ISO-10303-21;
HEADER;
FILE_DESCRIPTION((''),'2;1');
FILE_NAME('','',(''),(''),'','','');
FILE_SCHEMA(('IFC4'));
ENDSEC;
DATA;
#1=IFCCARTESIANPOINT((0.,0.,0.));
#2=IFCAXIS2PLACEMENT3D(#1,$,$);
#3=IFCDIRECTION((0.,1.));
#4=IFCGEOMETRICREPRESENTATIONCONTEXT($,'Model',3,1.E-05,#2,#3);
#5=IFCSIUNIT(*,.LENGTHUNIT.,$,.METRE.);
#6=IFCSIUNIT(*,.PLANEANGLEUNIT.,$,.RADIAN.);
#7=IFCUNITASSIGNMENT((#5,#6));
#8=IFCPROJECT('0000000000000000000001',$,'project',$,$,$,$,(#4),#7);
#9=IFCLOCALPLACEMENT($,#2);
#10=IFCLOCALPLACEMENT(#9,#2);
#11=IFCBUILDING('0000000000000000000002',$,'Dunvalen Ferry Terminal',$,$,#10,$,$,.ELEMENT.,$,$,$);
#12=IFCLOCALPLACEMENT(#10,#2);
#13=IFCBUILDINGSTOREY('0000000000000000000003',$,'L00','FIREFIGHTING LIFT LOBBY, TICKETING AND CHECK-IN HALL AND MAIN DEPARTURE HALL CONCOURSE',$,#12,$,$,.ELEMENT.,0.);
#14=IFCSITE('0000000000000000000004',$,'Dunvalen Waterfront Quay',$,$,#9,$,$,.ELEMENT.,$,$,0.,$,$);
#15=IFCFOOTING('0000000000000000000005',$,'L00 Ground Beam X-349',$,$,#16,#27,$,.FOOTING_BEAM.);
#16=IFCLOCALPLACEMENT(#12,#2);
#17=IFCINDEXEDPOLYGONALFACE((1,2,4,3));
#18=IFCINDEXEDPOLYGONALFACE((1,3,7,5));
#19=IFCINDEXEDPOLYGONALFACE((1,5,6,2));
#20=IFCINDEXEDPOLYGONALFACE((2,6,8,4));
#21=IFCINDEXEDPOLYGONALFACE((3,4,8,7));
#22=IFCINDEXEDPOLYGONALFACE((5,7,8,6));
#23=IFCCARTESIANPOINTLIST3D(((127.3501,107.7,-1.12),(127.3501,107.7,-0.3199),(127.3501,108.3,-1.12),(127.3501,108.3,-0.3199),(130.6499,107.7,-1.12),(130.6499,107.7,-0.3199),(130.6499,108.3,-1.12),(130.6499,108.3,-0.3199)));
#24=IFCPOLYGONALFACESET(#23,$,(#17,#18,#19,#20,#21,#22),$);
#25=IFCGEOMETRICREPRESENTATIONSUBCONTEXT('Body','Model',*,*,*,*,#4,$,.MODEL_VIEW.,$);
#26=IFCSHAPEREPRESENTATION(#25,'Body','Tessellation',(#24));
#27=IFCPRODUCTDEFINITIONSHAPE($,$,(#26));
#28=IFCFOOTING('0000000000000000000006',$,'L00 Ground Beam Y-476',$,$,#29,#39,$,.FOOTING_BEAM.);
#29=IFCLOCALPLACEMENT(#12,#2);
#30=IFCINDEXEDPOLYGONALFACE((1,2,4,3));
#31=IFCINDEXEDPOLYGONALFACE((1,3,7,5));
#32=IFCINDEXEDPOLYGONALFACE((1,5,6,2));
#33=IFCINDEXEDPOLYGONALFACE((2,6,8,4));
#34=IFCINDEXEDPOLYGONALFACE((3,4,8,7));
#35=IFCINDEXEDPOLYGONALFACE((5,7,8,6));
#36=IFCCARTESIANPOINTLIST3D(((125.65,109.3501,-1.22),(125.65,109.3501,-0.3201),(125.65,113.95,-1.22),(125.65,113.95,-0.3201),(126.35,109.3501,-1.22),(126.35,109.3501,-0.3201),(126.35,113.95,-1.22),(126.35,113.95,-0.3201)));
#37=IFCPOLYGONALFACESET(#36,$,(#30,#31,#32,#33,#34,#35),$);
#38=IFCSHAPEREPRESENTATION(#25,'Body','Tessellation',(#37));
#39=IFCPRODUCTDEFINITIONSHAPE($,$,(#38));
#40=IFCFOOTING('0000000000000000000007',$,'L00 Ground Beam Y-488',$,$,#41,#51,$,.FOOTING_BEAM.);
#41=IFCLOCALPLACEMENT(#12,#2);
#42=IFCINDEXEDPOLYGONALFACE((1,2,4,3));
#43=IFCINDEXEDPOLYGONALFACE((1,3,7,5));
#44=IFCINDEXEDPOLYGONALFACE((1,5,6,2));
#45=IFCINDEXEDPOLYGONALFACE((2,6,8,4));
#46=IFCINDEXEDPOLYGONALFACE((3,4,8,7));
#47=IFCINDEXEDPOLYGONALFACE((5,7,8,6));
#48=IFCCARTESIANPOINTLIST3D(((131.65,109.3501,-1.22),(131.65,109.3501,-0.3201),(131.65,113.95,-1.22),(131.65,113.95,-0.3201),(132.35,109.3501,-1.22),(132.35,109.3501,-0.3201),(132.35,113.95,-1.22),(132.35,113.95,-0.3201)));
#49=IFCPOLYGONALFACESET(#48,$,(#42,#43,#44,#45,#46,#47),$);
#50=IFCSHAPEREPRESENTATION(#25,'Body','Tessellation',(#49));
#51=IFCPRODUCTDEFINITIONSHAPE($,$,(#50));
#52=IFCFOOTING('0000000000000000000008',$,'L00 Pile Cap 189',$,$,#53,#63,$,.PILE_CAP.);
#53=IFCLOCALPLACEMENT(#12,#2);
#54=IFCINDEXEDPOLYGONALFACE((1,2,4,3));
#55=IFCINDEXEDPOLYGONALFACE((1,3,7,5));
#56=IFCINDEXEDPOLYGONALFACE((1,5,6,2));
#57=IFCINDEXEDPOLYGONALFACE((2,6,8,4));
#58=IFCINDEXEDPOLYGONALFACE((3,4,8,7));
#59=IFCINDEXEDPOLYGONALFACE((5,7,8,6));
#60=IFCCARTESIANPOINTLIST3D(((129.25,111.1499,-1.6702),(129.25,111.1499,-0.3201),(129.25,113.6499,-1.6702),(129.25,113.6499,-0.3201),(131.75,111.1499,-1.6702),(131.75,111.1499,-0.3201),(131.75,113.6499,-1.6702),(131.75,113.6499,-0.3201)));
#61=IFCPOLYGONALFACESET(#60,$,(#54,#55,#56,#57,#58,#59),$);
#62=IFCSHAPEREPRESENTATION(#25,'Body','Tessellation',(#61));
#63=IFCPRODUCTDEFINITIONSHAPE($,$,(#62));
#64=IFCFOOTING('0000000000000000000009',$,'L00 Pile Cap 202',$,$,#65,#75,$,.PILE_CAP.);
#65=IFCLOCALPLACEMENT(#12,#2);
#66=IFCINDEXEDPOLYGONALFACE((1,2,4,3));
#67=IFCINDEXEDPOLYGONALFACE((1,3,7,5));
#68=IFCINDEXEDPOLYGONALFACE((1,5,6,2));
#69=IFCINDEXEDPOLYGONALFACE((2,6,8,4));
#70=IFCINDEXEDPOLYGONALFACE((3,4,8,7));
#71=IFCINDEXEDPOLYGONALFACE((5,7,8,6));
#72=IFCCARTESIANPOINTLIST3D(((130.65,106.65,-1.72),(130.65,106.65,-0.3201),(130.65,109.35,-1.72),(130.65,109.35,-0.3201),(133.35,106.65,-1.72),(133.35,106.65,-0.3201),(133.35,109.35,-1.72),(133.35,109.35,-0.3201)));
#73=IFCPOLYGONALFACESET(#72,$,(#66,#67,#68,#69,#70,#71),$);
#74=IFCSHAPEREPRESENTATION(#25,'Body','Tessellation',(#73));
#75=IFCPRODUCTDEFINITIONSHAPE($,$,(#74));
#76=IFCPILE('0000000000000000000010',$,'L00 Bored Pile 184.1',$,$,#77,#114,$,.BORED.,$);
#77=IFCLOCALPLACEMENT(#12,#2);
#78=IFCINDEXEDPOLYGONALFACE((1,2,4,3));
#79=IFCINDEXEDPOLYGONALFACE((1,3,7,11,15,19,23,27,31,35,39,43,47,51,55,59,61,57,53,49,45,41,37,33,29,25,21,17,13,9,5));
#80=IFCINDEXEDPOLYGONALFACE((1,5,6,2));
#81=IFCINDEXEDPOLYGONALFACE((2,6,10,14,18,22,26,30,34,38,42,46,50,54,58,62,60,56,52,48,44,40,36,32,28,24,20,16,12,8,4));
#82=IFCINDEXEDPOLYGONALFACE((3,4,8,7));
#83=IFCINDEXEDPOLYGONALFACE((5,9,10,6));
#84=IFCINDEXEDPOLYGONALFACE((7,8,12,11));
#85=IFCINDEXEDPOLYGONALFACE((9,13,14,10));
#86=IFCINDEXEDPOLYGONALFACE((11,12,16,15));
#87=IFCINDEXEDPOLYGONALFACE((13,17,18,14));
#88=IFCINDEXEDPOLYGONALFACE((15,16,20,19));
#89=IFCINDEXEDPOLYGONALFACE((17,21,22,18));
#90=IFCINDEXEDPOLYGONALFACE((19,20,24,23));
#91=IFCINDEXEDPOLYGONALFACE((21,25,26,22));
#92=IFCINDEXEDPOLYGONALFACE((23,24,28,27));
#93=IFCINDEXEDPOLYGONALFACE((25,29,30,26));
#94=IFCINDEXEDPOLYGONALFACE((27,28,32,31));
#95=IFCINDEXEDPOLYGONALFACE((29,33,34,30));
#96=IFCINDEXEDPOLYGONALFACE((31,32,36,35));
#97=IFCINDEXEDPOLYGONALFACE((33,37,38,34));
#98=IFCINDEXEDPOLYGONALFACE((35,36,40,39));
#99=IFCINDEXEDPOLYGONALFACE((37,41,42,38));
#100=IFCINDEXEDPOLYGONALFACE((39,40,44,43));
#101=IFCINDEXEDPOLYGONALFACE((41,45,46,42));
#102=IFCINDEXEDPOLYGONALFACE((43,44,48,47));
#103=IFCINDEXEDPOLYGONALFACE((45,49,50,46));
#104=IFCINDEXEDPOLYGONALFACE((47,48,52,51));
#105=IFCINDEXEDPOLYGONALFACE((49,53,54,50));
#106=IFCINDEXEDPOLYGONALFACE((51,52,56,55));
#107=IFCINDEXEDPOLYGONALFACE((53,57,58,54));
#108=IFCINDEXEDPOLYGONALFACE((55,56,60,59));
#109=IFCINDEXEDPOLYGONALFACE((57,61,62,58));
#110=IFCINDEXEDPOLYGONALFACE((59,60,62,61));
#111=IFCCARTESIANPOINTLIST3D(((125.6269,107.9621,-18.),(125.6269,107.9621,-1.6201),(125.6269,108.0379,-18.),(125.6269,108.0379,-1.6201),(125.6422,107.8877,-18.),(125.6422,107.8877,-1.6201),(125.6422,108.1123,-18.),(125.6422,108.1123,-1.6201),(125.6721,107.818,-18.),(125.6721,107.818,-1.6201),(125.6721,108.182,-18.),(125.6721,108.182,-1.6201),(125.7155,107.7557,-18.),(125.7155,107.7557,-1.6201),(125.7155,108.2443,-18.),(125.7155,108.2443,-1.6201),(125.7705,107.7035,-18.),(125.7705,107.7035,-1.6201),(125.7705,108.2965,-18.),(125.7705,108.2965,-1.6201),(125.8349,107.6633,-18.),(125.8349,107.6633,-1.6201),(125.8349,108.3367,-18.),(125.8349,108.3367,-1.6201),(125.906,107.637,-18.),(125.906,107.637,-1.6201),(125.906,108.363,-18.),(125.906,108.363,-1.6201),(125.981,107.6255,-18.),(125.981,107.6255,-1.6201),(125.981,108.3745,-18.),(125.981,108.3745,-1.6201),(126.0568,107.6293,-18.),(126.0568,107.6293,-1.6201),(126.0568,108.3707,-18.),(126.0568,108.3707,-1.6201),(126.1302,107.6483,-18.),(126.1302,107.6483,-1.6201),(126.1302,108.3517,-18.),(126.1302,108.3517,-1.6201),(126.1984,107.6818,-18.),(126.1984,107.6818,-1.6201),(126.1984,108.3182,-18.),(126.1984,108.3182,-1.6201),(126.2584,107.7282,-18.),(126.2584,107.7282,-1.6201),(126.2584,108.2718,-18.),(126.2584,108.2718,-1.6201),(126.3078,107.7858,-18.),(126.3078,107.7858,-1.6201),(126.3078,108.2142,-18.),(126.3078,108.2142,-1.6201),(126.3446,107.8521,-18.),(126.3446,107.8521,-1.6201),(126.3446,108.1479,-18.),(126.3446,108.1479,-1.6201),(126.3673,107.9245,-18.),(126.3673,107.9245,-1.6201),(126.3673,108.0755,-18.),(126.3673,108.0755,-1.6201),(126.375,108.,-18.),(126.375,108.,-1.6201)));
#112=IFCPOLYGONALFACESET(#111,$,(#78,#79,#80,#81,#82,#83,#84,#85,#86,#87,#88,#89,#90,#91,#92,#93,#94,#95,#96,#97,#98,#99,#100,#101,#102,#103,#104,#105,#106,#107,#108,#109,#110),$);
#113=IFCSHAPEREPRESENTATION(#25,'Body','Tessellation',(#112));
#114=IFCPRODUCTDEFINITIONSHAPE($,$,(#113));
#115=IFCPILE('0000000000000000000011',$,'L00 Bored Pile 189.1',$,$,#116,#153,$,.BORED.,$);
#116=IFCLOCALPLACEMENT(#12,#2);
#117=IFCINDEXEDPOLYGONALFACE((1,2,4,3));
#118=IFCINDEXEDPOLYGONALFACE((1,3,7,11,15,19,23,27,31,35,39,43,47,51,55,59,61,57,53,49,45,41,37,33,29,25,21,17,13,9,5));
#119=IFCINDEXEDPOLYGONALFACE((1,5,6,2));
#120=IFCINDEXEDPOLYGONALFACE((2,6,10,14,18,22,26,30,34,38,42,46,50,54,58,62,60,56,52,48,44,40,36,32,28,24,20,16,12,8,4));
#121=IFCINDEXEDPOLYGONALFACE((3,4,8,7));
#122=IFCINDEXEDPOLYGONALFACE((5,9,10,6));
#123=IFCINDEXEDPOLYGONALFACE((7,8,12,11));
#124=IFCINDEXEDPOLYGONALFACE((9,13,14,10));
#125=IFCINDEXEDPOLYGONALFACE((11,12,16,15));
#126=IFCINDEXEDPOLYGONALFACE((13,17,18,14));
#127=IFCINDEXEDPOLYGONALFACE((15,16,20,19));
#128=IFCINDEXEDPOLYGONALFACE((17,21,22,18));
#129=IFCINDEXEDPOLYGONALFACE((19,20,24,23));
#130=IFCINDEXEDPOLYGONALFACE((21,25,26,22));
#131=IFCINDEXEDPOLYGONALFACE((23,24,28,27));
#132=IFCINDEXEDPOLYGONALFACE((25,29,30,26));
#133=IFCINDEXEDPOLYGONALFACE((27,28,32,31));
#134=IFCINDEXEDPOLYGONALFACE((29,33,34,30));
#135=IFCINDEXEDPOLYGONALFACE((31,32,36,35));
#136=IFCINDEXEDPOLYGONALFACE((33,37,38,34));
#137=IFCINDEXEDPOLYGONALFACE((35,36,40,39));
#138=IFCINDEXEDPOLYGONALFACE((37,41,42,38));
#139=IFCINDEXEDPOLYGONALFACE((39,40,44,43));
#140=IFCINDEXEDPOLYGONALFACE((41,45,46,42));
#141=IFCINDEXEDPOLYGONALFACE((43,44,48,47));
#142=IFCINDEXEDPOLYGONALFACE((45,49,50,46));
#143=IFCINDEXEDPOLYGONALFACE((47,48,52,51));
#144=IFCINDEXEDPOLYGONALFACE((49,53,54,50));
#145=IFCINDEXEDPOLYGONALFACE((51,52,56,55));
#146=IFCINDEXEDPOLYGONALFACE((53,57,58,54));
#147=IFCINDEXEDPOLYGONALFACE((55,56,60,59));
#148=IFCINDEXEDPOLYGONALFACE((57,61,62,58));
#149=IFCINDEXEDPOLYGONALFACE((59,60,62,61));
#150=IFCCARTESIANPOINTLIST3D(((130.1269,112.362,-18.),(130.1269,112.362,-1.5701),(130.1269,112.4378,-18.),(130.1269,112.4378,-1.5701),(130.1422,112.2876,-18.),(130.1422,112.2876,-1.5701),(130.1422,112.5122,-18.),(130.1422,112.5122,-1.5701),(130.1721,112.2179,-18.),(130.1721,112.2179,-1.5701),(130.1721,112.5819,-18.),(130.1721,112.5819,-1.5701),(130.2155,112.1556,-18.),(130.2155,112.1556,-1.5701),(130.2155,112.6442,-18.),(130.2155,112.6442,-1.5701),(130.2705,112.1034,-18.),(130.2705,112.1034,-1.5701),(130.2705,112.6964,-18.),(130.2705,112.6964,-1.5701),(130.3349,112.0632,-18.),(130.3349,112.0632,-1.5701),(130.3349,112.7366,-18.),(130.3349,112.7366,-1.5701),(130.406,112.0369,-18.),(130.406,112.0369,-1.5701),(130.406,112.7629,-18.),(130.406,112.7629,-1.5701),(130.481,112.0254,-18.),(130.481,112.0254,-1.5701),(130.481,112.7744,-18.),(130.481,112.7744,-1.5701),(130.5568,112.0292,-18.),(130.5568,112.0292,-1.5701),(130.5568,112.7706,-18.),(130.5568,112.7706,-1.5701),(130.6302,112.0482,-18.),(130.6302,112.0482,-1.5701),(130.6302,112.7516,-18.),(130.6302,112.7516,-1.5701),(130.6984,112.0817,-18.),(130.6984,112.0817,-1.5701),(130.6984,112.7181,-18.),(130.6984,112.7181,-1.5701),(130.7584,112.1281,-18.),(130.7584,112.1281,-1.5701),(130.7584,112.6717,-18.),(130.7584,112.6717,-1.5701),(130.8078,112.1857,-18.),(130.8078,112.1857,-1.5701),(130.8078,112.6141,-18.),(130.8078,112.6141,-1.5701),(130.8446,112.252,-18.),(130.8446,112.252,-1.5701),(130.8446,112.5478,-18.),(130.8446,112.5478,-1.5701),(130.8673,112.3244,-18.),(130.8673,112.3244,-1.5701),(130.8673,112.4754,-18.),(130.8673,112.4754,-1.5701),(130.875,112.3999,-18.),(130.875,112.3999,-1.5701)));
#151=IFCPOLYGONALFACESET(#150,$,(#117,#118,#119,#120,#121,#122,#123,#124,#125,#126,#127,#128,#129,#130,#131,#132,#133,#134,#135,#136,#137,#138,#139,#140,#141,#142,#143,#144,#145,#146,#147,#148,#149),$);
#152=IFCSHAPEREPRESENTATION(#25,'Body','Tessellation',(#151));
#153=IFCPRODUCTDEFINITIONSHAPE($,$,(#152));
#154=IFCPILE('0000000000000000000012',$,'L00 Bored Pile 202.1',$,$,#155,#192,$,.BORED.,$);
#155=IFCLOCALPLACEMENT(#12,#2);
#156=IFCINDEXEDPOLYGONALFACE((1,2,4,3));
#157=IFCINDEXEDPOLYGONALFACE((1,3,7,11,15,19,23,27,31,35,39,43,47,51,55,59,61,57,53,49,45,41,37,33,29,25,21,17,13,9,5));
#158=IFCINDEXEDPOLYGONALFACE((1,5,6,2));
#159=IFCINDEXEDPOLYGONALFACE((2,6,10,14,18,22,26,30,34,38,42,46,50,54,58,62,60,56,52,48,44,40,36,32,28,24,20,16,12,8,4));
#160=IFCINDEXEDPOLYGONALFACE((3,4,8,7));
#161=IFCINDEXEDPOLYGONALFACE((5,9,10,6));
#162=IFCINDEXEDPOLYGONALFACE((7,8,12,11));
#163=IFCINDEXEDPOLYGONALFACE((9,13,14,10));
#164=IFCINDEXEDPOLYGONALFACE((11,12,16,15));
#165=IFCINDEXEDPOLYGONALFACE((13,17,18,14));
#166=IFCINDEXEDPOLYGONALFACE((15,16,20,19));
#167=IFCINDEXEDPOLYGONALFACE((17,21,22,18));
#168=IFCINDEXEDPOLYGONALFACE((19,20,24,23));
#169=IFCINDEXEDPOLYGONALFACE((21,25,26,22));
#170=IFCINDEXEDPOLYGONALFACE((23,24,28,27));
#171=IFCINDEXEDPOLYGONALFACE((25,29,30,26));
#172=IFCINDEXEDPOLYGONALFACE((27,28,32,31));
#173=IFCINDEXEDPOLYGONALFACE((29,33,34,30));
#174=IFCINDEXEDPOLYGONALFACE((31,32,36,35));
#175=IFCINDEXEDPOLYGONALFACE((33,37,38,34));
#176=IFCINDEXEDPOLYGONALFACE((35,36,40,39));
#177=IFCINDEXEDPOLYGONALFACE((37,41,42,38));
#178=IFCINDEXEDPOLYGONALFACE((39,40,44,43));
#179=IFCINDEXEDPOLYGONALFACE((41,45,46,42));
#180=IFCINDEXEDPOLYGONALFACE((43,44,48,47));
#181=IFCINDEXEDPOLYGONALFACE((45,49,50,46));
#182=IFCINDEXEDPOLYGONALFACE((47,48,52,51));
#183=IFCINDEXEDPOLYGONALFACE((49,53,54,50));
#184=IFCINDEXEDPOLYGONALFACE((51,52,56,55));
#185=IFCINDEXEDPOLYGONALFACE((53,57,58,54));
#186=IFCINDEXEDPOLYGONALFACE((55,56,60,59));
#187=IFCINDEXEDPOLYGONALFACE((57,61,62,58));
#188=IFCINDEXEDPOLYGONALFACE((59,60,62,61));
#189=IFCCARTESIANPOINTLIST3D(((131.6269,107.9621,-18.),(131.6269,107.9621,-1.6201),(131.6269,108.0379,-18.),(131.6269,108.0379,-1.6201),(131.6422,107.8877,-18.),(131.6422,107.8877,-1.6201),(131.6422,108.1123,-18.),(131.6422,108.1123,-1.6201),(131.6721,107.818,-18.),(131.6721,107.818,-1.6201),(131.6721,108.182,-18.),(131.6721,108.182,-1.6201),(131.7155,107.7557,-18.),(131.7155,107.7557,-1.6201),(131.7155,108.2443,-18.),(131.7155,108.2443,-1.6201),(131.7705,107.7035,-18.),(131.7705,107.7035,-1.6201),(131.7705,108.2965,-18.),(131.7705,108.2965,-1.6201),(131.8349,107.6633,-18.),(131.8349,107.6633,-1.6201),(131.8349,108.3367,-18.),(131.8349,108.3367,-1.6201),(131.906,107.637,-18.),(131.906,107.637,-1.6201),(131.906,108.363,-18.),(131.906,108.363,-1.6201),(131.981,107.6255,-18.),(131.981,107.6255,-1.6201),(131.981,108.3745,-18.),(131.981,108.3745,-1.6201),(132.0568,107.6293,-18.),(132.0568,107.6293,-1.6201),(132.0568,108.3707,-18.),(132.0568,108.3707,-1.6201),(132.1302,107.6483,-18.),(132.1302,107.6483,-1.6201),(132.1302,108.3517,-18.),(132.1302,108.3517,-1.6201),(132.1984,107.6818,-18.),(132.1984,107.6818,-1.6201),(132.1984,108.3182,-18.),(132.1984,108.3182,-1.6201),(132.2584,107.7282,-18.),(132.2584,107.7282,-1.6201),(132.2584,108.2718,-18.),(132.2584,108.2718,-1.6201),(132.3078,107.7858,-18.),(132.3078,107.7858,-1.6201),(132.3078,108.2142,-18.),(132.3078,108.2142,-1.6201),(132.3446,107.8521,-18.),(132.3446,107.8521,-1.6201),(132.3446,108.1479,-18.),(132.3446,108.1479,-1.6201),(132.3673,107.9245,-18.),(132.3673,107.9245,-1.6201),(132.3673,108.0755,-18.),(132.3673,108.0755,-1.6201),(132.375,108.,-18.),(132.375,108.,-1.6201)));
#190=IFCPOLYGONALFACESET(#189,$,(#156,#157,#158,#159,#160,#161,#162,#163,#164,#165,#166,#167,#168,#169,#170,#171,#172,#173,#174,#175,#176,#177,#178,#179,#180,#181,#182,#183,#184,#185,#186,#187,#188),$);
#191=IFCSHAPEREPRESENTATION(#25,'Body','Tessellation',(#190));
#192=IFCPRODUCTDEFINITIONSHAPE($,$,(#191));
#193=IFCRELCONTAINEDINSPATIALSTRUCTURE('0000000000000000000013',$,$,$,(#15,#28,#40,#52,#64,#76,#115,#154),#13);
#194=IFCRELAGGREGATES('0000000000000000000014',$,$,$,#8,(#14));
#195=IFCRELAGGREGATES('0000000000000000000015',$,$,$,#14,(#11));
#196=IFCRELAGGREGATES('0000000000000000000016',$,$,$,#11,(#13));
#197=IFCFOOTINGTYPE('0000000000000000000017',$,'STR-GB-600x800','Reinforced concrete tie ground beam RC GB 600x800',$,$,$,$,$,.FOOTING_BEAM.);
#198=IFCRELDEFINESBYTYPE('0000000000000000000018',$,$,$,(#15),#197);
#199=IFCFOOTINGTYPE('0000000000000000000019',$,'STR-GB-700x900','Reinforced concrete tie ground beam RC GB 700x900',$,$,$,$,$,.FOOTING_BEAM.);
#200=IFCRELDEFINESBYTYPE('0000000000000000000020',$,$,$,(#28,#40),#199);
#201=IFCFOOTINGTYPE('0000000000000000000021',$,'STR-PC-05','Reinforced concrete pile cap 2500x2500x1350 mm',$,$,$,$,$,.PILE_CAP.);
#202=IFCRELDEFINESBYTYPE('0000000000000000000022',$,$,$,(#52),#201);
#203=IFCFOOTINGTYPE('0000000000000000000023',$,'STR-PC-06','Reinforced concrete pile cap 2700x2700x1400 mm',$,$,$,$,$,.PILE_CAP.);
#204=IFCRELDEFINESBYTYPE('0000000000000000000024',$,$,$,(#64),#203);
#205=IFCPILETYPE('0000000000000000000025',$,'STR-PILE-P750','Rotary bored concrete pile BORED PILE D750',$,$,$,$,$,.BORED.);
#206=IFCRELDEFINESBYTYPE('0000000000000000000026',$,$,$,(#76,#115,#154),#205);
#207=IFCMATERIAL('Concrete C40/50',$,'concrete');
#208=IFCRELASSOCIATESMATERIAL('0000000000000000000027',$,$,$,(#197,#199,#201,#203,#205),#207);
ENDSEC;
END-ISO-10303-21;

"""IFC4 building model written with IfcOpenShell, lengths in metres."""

from ifc_helpers import new_model, si_unit, direction, frame, origin, origin_2d, place, context, subcontext, project, spatial, rectangle, circle, extrude, material, material_profile, profile_set, type_object, element, save


model = new_model("IFC4")

# Units and contexts
model_context = context("Model", 3, precision=1e-05, world=origin(), true_north=direction((0.0, 1.0)))
body_context = subcontext(model_context, "Body", "Model", "MODEL_VIEW")
ifc_project = project(units=[si_unit("LENGTHUNIT", "METRE"), si_unit("PLANEANGLEUNIT", "RADIAN")], contexts=[model_context])

# Site, building, storey
site_placement = place(None, origin())
site = spatial("IfcSite", under=ifc_project, at=site_placement, Name="Dunvalen Waterfront Quay", CompositionType="ELEMENT", RefElevation=0.0)
building_placement = place(site_placement, origin())
building = spatial("IfcBuilding", under=site, at=building_placement, Name="Dunvalen Ferry Terminal", CompositionType="ELEMENT")
storey_placement = place(building_placement, origin())
storey = spatial("IfcBuildingStorey", under=building, at=storey_placement, Name="L00", Description="FIREFIGHTING LIFT LOBBY, TICKETING AND CHECK-IN HALL AND MAIN DEPARTURE HALL CONCOURSE", CompositionType="ELEMENT", Elevation=0.0)

# Footings
ifc_material_1 = material(Name="Concrete C40/50", Category="concrete")
ifc_material_profile_1 = material_profile(ifc_material_1, rectangle(XDim=0.6001, YDim=0.8, at=origin_2d()), Name="Concrete C40/50")
ifc_profile_set_1 = profile_set([ifc_material_profile_1], Name="Concrete C40/50")
footing_type_1 = type_object("IfcFootingType", Name="STR-GB-600x800", Description="Reinforced concrete tie ground beam RC GB 600x800", PredefinedType="FOOTING_BEAM", material=ifc_profile_set_1)
footing_1_placement = place(storey_placement, frame((127.3501, 108.0, -0.72), z_axis=(1.0, 0.0, 0.0), x_axis=(0.0, 1.0, 0.0)))
element("IfcFooting", 1, at=footing_1_placement, inside=storey, type_object=footing_type_1, Name="L00 Ground Beam X-349", PredefinedType="FOOTING_BEAM", context=body_context, shape_type="SweptSolid", body=[
    extrude(rectangle(XDim=0.6001, YDim=0.8, at=origin_2d()), origin(), (0.0, 0.0, 1.0), 3.2998),
])
ifc_material_profile_2 = material_profile(ifc_material_1, rectangle(XDim=0.7, YDim=0.8999, at=origin_2d()), Name="Concrete C40/50")
ifc_profile_set_2 = profile_set([ifc_material_profile_2], Name="Concrete C40/50")
footing_type_2 = type_object("IfcFootingType", Name="STR-GB-700x900", Description="Reinforced concrete tie ground beam RC GB 700x900", PredefinedType="FOOTING_BEAM", material=ifc_profile_set_2)
for number, where, z_axis, x_axis, name in (
    (2, (126.0, 109.3501, -0.77), (0.0, 1.0, 0.0), (-1.0, 0.0, 0.0), "L00 Ground Beam Y-476"),
    (3, (132.0, 109.3501, -0.77), (0.0, 1.0, 0.0), (-1.0, 0.0, 0.0), "L00 Ground Beam Y-488"),
):
    element("IfcFooting", number, at=place(storey_placement, frame(where, z_axis=z_axis, x_axis=x_axis)), inside=storey, type_object=footing_type_2, Name=name, PredefinedType="FOOTING_BEAM", context=body_context, shape_type="SweptSolid", body=[
        extrude(rectangle(XDim=0.7, YDim=0.8999, at=origin_2d()), origin(), (0.0, 0.0, 1.0), 4.5999),
    ])
footing_type_3 = type_object("IfcFootingType", Name="STR-PC-05", Description="Reinforced concrete pile cap 2500x2500x1350 mm", PredefinedType="PILE_CAP", material=ifc_material_1)
footing_2_placement = place(storey_placement, frame((130.5, 112.3999, -1.6702), z_axis=(0.0, 0.0, 1.0), x_axis=(1.0, 0.0, 0.0)))
element("IfcFooting", 4, at=footing_2_placement, inside=storey, type_object=footing_type_3, Name="L00 Pile Cap 189", PredefinedType="PILE_CAP", context=body_context, shape_type="SweptSolid", body=[
    extrude(rectangle(XDim=2.5, YDim=2.5, at=origin_2d()), origin(), (0.0, 0.0, 1.0), 1.3501),
])
footing_type_4 = type_object("IfcFootingType", Name="STR-PC-06", Description="Reinforced concrete pile cap 2700x2700x1400 mm", PredefinedType="PILE_CAP", material=ifc_material_1)
footing_3_placement = place(storey_placement, frame((132.0, 108.0, -1.72), z_axis=(0.0, 0.0, 1.0), x_axis=(1.0, 0.0, 0.0)))
element("IfcFooting", 5, at=footing_3_placement, inside=storey, type_object=footing_type_4, Name="L00 Pile Cap 202", PredefinedType="PILE_CAP", context=body_context, shape_type="SweptSolid", body=[
    extrude(rectangle(XDim=2.7, YDim=2.7, at=origin_2d()), origin(), (0.0, 0.0, 1.0), 1.3999),
])

# Piles
ifc_material_profile_3 = material_profile(ifc_material_1, circle(Radius=0.375, at=origin_2d()), Name="Concrete C40/50")
ifc_profile_set_3 = profile_set([ifc_material_profile_3], Name="Concrete C40/50")
pile_type = type_object("IfcPileType", Name="STR-PILE-P750", Description="Rotary bored concrete pile BORED PILE D750", PredefinedType="BORED", material=ifc_profile_set_3)
pile_1_placement = place(storey_placement, frame((126.0, 108.0, -1.6201), z_axis=(0.0, 0.0, -1.0), x_axis=(1.0, 0.0, 0.0)))
element("IfcPile", 6, at=pile_1_placement, inside=storey, type_object=pile_type, Name="L00 Bored Pile 184.1", PredefinedType="BORED", context=body_context, shape_type="SweptSolid", body=[
    extrude(circle(Radius=0.375, at=origin_2d()), origin(), (0.0, 0.0, 1.0), 16.3799),
])
pile_2_placement = place(storey_placement, frame((130.5, 112.3999, -1.5701), z_axis=(0.0, 0.0, -1.0), x_axis=(1.0, 0.0, 0.0)))
element("IfcPile", 7, at=pile_2_placement, inside=storey, type_object=pile_type, Name="L00 Bored Pile 189.1", PredefinedType="BORED", context=body_context, shape_type="SweptSolid", body=[
    extrude(circle(Radius=0.375, at=origin_2d()), origin(), (0.0, 0.0, 1.0), 16.4299),
])
pile_3_placement = place(storey_placement, frame((132.0, 108.0, -1.6201), z_axis=(0.0, 0.0, -1.0), x_axis=(1.0, 0.0, 0.0)))
element("IfcPile", 8, at=pile_3_placement, inside=storey, type_object=pile_type, Name="L00 Bored Pile 202.1", PredefinedType="BORED", context=body_context, shape_type="SweptSolid", body=[
    extrude(circle(Radius=0.375, at=origin_2d()), origin(), (0.0, 0.0, 1.0), 16.3799),
])

save(model, "model.ifc")
